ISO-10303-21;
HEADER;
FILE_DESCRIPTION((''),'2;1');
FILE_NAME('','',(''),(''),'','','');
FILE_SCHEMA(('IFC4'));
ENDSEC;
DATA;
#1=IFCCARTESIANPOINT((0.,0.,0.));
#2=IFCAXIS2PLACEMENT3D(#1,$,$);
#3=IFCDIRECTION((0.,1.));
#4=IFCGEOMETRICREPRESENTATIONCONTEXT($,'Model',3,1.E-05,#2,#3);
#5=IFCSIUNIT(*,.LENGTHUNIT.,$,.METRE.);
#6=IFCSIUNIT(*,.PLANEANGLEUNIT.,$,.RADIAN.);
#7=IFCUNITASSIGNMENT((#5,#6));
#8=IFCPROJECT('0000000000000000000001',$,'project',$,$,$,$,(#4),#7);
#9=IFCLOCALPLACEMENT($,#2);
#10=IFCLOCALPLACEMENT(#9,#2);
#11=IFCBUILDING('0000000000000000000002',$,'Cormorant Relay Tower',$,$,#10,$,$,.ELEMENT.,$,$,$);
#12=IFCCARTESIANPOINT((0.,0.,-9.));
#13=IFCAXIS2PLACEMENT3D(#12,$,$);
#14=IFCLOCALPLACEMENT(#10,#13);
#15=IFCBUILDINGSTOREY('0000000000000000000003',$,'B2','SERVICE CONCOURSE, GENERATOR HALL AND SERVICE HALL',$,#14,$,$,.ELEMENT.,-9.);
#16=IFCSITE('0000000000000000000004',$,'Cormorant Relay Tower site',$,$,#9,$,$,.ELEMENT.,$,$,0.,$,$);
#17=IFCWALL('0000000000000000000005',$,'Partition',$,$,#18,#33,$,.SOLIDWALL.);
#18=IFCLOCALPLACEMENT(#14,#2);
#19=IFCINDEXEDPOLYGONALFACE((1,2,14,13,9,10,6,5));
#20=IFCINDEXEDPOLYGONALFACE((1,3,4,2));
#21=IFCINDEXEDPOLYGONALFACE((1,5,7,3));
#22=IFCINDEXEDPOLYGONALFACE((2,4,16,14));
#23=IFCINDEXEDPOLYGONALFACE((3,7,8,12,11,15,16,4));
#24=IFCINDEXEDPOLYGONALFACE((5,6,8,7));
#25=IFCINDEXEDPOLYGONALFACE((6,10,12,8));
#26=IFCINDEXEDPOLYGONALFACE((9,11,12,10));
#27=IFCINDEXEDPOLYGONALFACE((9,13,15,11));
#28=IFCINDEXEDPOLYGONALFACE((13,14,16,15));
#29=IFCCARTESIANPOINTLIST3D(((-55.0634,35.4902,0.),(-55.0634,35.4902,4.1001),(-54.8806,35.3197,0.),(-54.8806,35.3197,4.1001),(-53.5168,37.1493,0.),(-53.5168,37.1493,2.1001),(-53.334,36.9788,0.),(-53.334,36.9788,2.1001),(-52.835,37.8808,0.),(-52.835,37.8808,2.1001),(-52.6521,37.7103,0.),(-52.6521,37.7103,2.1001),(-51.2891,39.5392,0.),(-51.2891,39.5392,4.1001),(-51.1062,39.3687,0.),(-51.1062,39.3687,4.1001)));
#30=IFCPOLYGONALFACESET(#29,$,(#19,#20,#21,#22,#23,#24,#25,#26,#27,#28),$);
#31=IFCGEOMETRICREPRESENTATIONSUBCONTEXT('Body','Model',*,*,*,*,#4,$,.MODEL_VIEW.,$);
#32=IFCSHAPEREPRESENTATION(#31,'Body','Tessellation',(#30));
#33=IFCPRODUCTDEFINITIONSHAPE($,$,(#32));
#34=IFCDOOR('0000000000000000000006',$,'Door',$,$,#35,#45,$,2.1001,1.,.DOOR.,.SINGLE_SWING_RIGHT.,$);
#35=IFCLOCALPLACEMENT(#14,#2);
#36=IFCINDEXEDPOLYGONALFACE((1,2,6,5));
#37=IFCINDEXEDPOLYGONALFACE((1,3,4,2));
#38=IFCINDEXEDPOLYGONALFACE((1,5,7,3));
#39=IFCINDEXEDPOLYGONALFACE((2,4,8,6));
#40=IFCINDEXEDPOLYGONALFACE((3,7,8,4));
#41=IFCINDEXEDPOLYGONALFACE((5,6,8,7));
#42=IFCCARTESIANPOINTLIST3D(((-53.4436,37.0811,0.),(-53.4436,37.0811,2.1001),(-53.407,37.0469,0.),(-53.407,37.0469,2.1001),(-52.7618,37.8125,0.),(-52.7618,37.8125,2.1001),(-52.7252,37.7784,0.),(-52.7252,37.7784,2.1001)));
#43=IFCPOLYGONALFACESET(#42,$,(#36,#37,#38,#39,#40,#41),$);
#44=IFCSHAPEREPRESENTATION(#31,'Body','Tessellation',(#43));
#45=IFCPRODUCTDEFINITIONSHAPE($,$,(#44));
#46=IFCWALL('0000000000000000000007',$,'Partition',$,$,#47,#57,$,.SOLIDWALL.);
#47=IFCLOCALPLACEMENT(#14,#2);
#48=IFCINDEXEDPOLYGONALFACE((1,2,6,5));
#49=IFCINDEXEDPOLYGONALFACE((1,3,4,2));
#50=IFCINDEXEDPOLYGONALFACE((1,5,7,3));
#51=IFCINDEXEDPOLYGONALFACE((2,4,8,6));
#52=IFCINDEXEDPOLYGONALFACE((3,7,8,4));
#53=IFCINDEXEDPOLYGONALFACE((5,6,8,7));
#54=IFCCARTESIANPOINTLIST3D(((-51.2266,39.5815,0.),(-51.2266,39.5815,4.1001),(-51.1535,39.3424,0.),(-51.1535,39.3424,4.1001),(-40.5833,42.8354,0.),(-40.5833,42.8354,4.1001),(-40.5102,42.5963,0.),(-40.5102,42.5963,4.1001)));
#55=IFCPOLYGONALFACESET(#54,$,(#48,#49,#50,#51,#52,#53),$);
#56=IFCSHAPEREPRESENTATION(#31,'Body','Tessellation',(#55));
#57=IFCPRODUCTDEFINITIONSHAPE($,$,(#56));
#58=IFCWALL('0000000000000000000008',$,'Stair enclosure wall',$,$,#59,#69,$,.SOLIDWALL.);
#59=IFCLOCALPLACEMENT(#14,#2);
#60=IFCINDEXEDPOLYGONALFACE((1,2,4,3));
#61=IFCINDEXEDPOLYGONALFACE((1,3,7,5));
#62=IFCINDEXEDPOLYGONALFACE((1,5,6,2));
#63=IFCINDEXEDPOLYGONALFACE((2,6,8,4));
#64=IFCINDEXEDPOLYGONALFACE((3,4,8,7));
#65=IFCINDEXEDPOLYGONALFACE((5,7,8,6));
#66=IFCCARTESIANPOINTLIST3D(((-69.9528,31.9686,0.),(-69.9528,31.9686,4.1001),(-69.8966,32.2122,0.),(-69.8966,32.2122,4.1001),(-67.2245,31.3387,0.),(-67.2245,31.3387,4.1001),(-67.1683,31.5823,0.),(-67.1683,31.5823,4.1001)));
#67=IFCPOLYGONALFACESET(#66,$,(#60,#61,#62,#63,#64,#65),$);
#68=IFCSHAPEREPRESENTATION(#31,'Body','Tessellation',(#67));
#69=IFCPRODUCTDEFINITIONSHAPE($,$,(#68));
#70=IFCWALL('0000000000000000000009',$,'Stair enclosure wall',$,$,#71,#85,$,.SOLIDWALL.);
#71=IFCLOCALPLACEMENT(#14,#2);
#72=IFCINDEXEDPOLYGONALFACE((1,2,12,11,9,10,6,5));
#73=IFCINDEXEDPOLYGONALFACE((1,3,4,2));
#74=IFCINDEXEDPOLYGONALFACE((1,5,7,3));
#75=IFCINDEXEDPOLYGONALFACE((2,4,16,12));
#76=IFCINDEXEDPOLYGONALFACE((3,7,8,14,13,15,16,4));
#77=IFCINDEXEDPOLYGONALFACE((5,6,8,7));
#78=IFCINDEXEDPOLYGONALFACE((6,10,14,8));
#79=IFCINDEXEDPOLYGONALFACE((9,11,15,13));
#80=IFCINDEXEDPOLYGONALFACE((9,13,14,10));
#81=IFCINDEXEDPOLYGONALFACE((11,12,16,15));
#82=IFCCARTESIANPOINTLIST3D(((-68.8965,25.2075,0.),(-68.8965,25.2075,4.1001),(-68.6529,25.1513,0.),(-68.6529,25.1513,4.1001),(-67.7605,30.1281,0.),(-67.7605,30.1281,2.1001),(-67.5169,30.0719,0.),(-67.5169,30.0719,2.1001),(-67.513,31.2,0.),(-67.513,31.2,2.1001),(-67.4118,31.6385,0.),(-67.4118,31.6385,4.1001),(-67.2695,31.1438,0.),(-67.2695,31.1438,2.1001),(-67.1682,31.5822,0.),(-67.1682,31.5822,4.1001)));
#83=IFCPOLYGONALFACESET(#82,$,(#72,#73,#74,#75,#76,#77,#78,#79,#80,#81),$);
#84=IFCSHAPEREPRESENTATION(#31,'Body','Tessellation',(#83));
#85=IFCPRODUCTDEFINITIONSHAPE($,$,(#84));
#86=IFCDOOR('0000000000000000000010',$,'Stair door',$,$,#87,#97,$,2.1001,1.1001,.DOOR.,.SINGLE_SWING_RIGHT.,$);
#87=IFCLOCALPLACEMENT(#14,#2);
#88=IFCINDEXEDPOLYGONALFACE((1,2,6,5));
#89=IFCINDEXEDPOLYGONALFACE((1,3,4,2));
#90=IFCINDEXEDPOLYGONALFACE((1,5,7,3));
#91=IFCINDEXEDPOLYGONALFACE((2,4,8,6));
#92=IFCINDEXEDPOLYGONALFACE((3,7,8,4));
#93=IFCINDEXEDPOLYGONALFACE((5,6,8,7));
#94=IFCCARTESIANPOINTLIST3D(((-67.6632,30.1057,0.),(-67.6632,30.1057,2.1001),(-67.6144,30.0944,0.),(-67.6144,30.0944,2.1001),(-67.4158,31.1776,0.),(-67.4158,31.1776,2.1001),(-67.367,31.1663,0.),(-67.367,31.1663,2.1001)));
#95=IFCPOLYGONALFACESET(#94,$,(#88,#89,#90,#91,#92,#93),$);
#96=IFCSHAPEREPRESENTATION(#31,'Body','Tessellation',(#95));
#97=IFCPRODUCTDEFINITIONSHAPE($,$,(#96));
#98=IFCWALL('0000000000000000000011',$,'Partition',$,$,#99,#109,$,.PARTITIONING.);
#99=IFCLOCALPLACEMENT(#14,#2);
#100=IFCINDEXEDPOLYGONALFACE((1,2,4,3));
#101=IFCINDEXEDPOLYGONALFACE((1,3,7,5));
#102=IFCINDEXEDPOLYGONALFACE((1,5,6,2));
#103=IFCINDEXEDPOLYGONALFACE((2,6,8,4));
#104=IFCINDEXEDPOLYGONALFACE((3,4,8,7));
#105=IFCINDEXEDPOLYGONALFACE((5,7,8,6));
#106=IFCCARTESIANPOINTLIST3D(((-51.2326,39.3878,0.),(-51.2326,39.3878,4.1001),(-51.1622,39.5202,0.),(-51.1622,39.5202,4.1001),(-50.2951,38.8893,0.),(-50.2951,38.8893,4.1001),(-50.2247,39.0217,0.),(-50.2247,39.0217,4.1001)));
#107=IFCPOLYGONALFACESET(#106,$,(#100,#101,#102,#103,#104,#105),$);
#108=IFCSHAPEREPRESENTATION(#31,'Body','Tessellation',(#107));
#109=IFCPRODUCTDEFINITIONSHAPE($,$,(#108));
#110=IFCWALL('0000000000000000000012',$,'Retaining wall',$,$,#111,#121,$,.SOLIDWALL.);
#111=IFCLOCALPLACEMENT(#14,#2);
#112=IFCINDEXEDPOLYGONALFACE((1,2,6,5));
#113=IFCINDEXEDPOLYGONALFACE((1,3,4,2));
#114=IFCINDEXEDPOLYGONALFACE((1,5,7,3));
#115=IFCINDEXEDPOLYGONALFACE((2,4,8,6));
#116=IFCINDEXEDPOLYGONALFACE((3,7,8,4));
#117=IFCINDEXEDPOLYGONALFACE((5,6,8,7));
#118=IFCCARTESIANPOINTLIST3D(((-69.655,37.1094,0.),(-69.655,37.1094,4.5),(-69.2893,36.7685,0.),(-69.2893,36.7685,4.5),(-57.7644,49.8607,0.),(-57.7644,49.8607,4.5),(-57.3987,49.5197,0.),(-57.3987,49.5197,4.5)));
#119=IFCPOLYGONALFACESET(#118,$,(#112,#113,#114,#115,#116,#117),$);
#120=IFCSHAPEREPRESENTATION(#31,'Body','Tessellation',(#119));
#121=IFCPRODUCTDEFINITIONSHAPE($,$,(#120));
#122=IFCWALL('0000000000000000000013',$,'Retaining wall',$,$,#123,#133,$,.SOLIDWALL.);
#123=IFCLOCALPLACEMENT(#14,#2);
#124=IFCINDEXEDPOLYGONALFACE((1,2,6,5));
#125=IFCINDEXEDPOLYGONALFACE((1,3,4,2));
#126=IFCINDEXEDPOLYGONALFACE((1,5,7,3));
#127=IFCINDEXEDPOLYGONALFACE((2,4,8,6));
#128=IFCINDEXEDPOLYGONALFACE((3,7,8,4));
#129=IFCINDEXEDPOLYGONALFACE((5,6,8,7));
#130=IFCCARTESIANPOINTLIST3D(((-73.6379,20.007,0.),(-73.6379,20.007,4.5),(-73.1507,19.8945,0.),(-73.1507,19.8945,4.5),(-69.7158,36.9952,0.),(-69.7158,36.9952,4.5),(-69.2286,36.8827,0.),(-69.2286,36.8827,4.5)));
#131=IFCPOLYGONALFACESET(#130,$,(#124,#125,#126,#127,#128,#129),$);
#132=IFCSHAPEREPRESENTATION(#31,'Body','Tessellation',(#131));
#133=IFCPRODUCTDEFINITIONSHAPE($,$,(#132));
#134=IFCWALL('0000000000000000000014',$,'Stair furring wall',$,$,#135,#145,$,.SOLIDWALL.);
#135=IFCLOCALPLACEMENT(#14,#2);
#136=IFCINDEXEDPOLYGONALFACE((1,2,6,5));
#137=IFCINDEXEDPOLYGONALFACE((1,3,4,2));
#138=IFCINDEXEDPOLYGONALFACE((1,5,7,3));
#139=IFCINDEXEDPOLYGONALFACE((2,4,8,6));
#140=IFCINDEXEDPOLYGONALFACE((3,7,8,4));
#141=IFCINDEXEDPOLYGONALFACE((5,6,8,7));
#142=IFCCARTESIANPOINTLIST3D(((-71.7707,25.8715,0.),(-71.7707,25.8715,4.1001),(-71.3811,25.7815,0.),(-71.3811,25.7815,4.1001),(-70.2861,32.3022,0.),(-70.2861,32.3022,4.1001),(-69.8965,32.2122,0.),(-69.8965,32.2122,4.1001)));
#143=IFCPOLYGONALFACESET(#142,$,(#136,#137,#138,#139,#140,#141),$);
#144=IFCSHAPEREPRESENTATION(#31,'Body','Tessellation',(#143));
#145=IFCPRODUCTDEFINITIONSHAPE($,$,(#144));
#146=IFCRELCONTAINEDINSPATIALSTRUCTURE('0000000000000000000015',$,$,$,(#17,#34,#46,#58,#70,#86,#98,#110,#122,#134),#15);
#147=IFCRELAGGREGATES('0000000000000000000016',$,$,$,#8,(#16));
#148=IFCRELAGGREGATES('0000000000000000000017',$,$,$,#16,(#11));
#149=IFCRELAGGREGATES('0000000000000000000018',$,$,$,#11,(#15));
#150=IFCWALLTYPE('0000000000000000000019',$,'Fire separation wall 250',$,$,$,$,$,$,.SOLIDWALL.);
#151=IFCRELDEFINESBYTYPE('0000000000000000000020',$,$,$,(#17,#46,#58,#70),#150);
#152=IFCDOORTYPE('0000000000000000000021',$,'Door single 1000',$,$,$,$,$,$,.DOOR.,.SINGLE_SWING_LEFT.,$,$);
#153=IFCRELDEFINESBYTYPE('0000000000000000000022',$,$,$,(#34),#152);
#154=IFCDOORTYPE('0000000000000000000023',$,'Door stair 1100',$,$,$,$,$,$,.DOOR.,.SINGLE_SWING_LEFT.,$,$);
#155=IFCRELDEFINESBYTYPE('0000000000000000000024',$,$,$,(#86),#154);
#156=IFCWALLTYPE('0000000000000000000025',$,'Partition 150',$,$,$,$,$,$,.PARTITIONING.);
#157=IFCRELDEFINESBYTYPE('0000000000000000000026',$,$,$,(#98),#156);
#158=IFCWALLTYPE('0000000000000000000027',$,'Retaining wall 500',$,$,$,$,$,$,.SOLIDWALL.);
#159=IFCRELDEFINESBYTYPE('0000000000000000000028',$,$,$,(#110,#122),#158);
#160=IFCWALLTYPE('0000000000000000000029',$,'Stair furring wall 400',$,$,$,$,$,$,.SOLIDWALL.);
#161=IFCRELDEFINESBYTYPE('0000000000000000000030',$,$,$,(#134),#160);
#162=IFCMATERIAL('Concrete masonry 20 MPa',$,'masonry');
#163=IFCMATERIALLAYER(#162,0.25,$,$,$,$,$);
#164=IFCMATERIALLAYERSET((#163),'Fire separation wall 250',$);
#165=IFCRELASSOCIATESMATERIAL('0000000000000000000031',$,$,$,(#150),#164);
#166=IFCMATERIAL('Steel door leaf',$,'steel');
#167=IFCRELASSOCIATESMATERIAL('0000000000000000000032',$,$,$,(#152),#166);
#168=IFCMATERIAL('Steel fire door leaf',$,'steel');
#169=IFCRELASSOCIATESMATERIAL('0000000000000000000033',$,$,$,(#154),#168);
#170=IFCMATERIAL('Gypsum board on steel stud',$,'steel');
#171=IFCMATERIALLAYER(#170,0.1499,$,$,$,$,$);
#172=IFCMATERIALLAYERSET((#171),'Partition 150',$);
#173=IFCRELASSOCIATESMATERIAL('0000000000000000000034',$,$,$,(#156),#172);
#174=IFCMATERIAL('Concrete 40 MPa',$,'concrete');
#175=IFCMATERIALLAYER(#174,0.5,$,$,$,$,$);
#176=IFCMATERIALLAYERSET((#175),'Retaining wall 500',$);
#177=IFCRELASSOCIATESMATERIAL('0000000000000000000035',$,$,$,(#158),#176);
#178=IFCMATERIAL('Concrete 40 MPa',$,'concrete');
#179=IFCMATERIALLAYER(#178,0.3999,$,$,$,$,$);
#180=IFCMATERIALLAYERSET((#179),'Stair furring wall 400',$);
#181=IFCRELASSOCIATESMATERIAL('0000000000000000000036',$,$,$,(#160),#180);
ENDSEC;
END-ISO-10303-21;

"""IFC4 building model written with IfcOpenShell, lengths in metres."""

from ifc_helpers import new_model, si_unit, direction, frame, frame_2d, origin, place, context, subcontext, project, spatial, rectangle, extrude, material, layer, layer_set, type_object, element, fill, save


model = new_model("IFC4")

# Units and contexts
model_context = context("Model", 3, precision=1e-05, world=origin(), true_north=direction((0.0, 1.0)))
body_context = subcontext(model_context, "Body", "Model", "MODEL_VIEW")
ifc_project = project(units=[si_unit("LENGTHUNIT", "METRE"), si_unit("PLANEANGLEUNIT", "RADIAN")], contexts=[model_context])

# Site, building, storey
site_placement = place(None, origin())
site = spatial("IfcSite", under=ifc_project, at=site_placement, Name="Cormorant Relay Tower site", CompositionType="ELEMENT", RefElevation=0.0)
building_placement = place(site_placement, origin())
building = spatial("IfcBuilding", under=site, at=building_placement, Name="Cormorant Relay Tower", CompositionType="ELEMENT")
storey_placement = place(building_placement, frame((0.0, 0.0, -9.0)))
storey = spatial("IfcBuildingStorey", under=building, at=storey_placement, Name="B2", Description="SERVICE CONCOURSE, GENERATOR HALL AND SERVICE HALL", CompositionType="ELEMENT", Elevation=-9.0)

# Shared definitions
ifc_material_1 = material(Name="Concrete masonry 20 MPa", Category="masonry")
ifc_layer_1 = layer(ifc_material_1, 0.25)
ifc_layer_set_1 = layer_set([ifc_layer_1], Name="Fire separation wall 250")
wall_type_1 = type_object("IfcWallType", Name="Fire separation wall 250", PredefinedType="SOLIDWALL", material=ifc_layer_set_1)

# Wall, opening, door
wall_1_placement = place(storey_placement, frame((-54.9719, 35.405, 0.0), z_axis=(0.0, 0.0, 1.0), x_axis=(0.681862, 0.73148, 0.0)))
wall_1 = element("IfcWall", 1, at=wall_1_placement, inside=storey, type_object=wall_type_1, Name="Partition", PredefinedType="SOLIDWALL", context=body_context, shape_type="SweptSolid", body=[
    extrude(rectangle(XDim=5.5354, YDim=0.25, at=frame_2d((2.7676, 0.0))), origin(), (0.0, 0.0, 1.0), 4.1001),
])
opening_1_placement = place(wall_1_placement, frame((2.2681, 0.0, 0.0)))
opening_1 = element("IfcOpeningElement", 2, at=opening_1_placement, cuts=wall_1, PredefinedType="OPENING", context=body_context, shape_type="SweptSolid", body=[
    extrude(rectangle(XDim=1.0, YDim=2.1001, at=frame_2d((0.5, 1.05))), frame((0.0, 0.135, 0.0), z_axis=(0.0, -1.0, 0.0), x_axis=(1.0, 0.0, 0.0)), (0.0, 0.0, 1.0), 0.27),
])
ifc_material_2 = material(Name="Steel door leaf", Category="steel")
door_type_1 = type_object("IfcDoorType", Name="Door single 1000", OperationType="SINGLE_SWING_LEFT", PredefinedType="DOOR", material=ifc_material_2)
door_1_placement = place(opening_1_placement, origin())
door_1 = element("IfcDoor", 3, at=door_1_placement, inside=storey, type_object=door_type_1, Name="Door", OperationType="SINGLE_SWING_RIGHT", OverallHeight=2.1001, OverallWidth=1.0, PredefinedType="DOOR", context=body_context, shape_type="SweptSolid", body=[
    extrude(rectangle(XDim=1.0, YDim=2.1001, at=frame_2d((0.5, 1.05))), frame((0.0, 0.0249, 0.0), z_axis=(0.0, -1.0, 0.0), x_axis=(1.0, 0.0, 0.0)), (0.0, 0.0, 1.0), 0.05),
])
fill(opening_1, door_1)

# Walls
wall_2_placement = place(storey_placement, frame((-51.1902, 39.4619, 0.0), z_axis=(0.0, 0.0, 1.0), x_axis=(0.956307, 0.292365, 0.0)))
element("IfcWall", 4, at=wall_2_placement, inside=storey, type_object=wall_type_1, Name="Partition", PredefinedType="SOLIDWALL", context=body_context, shape_type="SweptSolid", body=[
    extrude(rectangle(XDim=11.1296, YDim=0.25, at=frame_2d((5.5649, 0.0))), origin(), (0.0, 0.0, 1.0), 4.1001),
])
wall_3_placement = place(storey_placement, frame((-69.9246, 32.0903, 0.0), z_axis=(0.0, 0.0, 1.0), x_axis=(0.974369, -0.224955, 0.0)))
element("IfcWall", 5, at=wall_3_placement, inside=storey, type_object=wall_type_1, Name="Stair enclosure wall", PredefinedType="SOLIDWALL", context=body_context, shape_type="SweptSolid", body=[
    extrude(rectangle(XDim=2.8, YDim=0.25, at=frame_2d((1.3999, 0.0))), origin(), (0.0, 0.0, 1.0), 4.1001),
])

# Wall, opening, door
wall_4_placement = place(storey_placement, frame((-67.29, 31.6104, 0.0), z_axis=(0.0, 0.0, 1.0), x_axis=(-0.224941, -0.974372, 0.0)))
wall_4 = element("IfcWall", 6, at=wall_4_placement, inside=storey, type_object=wall_type_1, Name="Stair enclosure wall", PredefinedType="SOLIDWALL", context=body_context, shape_type="SweptSolid", body=[
    extrude(rectangle(XDim=6.6001, YDim=0.25, at=frame_2d((3.3, 0.0))), origin(), (0.0, 0.0, 1.0), 4.1001),
])
opening_2_placement = place(wall_4_placement, frame((0.45, 0.0, 0.0)))
opening_2 = element("IfcOpeningElement", 7, at=opening_2_placement, cuts=wall_4, PredefinedType="OPENING", context=body_context, shape_type="SweptSolid", body=[
    extrude(rectangle(XDim=1.1001, YDim=2.1001, at=frame_2d((0.55, 1.05))), frame((0.0, 0.135, 0.0), z_axis=(0.0, -1.0, 0.0), x_axis=(1.0, 0.0, 0.0)), (0.0, 0.0, 1.0), 0.27),
])
ifc_material_3 = material(Name="Steel fire door leaf", Category="steel")
door_type_2 = type_object("IfcDoorType", Name="Door stair 1100", OperationType="SINGLE_SWING_LEFT", PredefinedType="DOOR", material=ifc_material_3)
door_2_placement = place(opening_2_placement, origin())
door_2 = element("IfcDoor", 8, at=door_2_placement, inside=storey, type_object=door_type_2, Name="Stair door", OperationType="SINGLE_SWING_RIGHT", OverallHeight=2.1001, OverallWidth=1.1001, PredefinedType="DOOR", context=body_context, shape_type="SweptSolid", body=[
    extrude(rectangle(XDim=1.1001, YDim=2.1001, at=frame_2d((0.55, 1.05))), frame((0.0, 0.0249, 0.0), z_axis=(0.0, -1.0, 0.0), x_axis=(1.0, 0.0, 0.0)), (0.0, 0.0, 1.0), 0.05),
])
fill(opening_2, door_2)

# Walls
ifc_material_4 = material(Name="Gypsum board on steel stud", Category="steel")
ifc_layer_2 = layer(ifc_material_4, 0.1499)
ifc_layer_set_2 = layer_set([ifc_layer_2], Name="Partition 150")
wall_type_2 = type_object("IfcWallType", Name="Partition 150", PredefinedType="PARTITIONING", material=ifc_layer_set_2)
wall_5_placement = place(storey_placement, frame((-50.26, 38.9556, 0.0), z_axis=(0.0, 0.0, 1.0), x_axis=(-0.882925, 0.469514, 0.0)))
element("IfcWall", 9, at=wall_5_placement, inside=storey, type_object=wall_type_2, Name="Partition", PredefinedType="PARTITIONING", context=body_context, shape_type="SweptSolid", body=[
    extrude(rectangle(XDim=1.0618, YDim=0.1499, at=frame_2d((0.5308, 0.0))), origin(), (0.0, 0.0, 1.0), 4.1001),
])
ifc_material_5 = material(Name="Concrete 40 MPa", Category="concrete")
ifc_layer_3 = layer(ifc_material_5, 0.5)
ifc_layer_set_3 = layer_set([ifc_layer_3], Name="Retaining wall 500")
wall_type_3 = type_object("IfcWallType", Name="Retaining wall 500", PredefinedType="SOLIDWALL", material=ifc_layer_set_3)
for number, where, z_axis, x_axis, name in (
    (10, (-57.5815, 49.6902, 0.0), (0.0, 0.0, 1.0), (-0.681996, -0.731356, 0.0), "Retaining wall"),
    (11, (-69.4722, 36.939, 0.0), (0.0, 0.0, 1.0), (-0.224955, -0.974369, 0.0), "Retaining wall"),
):
    element("IfcWall", number, at=place(storey_placement, frame(where, z_axis=z_axis, x_axis=x_axis)), inside=storey, type_object=wall_type_3, Name=name, PredefinedType="SOLIDWALL", context=body_context, shape_type="SweptSolid", body=[
        extrude(rectangle(XDim=17.4351, YDim=0.5, at=frame_2d((8.7175, 0.0))), origin(), (0.0, 0.0, 1.0), 4.5),
    ])
ifc_material_6 = material(Name="Concrete 40 MPa", Category="concrete")
ifc_layer_4 = layer(ifc_material_6, 0.3999)
ifc_layer_set_4 = layer_set([ifc_layer_4], Name="Stair furring wall 400")
wall_type_4 = type_object("IfcWallType", Name="Stair furring wall 400", PredefinedType="SOLIDWALL", material=ifc_layer_set_4)
wall_6_placement = place(storey_placement, frame((-70.0913, 32.2571, 0.0), z_axis=(0.0, 0.0, 1.0), x_axis=(-0.224949, -0.974371, 0.0)))
element("IfcWall", 12, at=wall_6_placement, inside=storey, type_object=wall_type_4, Name="Stair furring wall", PredefinedType="SOLIDWALL", context=body_context, shape_type="SweptSolid", body=[
    extrude(rectangle(XDim=6.5999, YDim=0.3999, at=frame_2d((3.2998, 0.0))), origin(), (0.0, 0.0, 1.0), 4.1001),
])

save(model, "model.ifc")
